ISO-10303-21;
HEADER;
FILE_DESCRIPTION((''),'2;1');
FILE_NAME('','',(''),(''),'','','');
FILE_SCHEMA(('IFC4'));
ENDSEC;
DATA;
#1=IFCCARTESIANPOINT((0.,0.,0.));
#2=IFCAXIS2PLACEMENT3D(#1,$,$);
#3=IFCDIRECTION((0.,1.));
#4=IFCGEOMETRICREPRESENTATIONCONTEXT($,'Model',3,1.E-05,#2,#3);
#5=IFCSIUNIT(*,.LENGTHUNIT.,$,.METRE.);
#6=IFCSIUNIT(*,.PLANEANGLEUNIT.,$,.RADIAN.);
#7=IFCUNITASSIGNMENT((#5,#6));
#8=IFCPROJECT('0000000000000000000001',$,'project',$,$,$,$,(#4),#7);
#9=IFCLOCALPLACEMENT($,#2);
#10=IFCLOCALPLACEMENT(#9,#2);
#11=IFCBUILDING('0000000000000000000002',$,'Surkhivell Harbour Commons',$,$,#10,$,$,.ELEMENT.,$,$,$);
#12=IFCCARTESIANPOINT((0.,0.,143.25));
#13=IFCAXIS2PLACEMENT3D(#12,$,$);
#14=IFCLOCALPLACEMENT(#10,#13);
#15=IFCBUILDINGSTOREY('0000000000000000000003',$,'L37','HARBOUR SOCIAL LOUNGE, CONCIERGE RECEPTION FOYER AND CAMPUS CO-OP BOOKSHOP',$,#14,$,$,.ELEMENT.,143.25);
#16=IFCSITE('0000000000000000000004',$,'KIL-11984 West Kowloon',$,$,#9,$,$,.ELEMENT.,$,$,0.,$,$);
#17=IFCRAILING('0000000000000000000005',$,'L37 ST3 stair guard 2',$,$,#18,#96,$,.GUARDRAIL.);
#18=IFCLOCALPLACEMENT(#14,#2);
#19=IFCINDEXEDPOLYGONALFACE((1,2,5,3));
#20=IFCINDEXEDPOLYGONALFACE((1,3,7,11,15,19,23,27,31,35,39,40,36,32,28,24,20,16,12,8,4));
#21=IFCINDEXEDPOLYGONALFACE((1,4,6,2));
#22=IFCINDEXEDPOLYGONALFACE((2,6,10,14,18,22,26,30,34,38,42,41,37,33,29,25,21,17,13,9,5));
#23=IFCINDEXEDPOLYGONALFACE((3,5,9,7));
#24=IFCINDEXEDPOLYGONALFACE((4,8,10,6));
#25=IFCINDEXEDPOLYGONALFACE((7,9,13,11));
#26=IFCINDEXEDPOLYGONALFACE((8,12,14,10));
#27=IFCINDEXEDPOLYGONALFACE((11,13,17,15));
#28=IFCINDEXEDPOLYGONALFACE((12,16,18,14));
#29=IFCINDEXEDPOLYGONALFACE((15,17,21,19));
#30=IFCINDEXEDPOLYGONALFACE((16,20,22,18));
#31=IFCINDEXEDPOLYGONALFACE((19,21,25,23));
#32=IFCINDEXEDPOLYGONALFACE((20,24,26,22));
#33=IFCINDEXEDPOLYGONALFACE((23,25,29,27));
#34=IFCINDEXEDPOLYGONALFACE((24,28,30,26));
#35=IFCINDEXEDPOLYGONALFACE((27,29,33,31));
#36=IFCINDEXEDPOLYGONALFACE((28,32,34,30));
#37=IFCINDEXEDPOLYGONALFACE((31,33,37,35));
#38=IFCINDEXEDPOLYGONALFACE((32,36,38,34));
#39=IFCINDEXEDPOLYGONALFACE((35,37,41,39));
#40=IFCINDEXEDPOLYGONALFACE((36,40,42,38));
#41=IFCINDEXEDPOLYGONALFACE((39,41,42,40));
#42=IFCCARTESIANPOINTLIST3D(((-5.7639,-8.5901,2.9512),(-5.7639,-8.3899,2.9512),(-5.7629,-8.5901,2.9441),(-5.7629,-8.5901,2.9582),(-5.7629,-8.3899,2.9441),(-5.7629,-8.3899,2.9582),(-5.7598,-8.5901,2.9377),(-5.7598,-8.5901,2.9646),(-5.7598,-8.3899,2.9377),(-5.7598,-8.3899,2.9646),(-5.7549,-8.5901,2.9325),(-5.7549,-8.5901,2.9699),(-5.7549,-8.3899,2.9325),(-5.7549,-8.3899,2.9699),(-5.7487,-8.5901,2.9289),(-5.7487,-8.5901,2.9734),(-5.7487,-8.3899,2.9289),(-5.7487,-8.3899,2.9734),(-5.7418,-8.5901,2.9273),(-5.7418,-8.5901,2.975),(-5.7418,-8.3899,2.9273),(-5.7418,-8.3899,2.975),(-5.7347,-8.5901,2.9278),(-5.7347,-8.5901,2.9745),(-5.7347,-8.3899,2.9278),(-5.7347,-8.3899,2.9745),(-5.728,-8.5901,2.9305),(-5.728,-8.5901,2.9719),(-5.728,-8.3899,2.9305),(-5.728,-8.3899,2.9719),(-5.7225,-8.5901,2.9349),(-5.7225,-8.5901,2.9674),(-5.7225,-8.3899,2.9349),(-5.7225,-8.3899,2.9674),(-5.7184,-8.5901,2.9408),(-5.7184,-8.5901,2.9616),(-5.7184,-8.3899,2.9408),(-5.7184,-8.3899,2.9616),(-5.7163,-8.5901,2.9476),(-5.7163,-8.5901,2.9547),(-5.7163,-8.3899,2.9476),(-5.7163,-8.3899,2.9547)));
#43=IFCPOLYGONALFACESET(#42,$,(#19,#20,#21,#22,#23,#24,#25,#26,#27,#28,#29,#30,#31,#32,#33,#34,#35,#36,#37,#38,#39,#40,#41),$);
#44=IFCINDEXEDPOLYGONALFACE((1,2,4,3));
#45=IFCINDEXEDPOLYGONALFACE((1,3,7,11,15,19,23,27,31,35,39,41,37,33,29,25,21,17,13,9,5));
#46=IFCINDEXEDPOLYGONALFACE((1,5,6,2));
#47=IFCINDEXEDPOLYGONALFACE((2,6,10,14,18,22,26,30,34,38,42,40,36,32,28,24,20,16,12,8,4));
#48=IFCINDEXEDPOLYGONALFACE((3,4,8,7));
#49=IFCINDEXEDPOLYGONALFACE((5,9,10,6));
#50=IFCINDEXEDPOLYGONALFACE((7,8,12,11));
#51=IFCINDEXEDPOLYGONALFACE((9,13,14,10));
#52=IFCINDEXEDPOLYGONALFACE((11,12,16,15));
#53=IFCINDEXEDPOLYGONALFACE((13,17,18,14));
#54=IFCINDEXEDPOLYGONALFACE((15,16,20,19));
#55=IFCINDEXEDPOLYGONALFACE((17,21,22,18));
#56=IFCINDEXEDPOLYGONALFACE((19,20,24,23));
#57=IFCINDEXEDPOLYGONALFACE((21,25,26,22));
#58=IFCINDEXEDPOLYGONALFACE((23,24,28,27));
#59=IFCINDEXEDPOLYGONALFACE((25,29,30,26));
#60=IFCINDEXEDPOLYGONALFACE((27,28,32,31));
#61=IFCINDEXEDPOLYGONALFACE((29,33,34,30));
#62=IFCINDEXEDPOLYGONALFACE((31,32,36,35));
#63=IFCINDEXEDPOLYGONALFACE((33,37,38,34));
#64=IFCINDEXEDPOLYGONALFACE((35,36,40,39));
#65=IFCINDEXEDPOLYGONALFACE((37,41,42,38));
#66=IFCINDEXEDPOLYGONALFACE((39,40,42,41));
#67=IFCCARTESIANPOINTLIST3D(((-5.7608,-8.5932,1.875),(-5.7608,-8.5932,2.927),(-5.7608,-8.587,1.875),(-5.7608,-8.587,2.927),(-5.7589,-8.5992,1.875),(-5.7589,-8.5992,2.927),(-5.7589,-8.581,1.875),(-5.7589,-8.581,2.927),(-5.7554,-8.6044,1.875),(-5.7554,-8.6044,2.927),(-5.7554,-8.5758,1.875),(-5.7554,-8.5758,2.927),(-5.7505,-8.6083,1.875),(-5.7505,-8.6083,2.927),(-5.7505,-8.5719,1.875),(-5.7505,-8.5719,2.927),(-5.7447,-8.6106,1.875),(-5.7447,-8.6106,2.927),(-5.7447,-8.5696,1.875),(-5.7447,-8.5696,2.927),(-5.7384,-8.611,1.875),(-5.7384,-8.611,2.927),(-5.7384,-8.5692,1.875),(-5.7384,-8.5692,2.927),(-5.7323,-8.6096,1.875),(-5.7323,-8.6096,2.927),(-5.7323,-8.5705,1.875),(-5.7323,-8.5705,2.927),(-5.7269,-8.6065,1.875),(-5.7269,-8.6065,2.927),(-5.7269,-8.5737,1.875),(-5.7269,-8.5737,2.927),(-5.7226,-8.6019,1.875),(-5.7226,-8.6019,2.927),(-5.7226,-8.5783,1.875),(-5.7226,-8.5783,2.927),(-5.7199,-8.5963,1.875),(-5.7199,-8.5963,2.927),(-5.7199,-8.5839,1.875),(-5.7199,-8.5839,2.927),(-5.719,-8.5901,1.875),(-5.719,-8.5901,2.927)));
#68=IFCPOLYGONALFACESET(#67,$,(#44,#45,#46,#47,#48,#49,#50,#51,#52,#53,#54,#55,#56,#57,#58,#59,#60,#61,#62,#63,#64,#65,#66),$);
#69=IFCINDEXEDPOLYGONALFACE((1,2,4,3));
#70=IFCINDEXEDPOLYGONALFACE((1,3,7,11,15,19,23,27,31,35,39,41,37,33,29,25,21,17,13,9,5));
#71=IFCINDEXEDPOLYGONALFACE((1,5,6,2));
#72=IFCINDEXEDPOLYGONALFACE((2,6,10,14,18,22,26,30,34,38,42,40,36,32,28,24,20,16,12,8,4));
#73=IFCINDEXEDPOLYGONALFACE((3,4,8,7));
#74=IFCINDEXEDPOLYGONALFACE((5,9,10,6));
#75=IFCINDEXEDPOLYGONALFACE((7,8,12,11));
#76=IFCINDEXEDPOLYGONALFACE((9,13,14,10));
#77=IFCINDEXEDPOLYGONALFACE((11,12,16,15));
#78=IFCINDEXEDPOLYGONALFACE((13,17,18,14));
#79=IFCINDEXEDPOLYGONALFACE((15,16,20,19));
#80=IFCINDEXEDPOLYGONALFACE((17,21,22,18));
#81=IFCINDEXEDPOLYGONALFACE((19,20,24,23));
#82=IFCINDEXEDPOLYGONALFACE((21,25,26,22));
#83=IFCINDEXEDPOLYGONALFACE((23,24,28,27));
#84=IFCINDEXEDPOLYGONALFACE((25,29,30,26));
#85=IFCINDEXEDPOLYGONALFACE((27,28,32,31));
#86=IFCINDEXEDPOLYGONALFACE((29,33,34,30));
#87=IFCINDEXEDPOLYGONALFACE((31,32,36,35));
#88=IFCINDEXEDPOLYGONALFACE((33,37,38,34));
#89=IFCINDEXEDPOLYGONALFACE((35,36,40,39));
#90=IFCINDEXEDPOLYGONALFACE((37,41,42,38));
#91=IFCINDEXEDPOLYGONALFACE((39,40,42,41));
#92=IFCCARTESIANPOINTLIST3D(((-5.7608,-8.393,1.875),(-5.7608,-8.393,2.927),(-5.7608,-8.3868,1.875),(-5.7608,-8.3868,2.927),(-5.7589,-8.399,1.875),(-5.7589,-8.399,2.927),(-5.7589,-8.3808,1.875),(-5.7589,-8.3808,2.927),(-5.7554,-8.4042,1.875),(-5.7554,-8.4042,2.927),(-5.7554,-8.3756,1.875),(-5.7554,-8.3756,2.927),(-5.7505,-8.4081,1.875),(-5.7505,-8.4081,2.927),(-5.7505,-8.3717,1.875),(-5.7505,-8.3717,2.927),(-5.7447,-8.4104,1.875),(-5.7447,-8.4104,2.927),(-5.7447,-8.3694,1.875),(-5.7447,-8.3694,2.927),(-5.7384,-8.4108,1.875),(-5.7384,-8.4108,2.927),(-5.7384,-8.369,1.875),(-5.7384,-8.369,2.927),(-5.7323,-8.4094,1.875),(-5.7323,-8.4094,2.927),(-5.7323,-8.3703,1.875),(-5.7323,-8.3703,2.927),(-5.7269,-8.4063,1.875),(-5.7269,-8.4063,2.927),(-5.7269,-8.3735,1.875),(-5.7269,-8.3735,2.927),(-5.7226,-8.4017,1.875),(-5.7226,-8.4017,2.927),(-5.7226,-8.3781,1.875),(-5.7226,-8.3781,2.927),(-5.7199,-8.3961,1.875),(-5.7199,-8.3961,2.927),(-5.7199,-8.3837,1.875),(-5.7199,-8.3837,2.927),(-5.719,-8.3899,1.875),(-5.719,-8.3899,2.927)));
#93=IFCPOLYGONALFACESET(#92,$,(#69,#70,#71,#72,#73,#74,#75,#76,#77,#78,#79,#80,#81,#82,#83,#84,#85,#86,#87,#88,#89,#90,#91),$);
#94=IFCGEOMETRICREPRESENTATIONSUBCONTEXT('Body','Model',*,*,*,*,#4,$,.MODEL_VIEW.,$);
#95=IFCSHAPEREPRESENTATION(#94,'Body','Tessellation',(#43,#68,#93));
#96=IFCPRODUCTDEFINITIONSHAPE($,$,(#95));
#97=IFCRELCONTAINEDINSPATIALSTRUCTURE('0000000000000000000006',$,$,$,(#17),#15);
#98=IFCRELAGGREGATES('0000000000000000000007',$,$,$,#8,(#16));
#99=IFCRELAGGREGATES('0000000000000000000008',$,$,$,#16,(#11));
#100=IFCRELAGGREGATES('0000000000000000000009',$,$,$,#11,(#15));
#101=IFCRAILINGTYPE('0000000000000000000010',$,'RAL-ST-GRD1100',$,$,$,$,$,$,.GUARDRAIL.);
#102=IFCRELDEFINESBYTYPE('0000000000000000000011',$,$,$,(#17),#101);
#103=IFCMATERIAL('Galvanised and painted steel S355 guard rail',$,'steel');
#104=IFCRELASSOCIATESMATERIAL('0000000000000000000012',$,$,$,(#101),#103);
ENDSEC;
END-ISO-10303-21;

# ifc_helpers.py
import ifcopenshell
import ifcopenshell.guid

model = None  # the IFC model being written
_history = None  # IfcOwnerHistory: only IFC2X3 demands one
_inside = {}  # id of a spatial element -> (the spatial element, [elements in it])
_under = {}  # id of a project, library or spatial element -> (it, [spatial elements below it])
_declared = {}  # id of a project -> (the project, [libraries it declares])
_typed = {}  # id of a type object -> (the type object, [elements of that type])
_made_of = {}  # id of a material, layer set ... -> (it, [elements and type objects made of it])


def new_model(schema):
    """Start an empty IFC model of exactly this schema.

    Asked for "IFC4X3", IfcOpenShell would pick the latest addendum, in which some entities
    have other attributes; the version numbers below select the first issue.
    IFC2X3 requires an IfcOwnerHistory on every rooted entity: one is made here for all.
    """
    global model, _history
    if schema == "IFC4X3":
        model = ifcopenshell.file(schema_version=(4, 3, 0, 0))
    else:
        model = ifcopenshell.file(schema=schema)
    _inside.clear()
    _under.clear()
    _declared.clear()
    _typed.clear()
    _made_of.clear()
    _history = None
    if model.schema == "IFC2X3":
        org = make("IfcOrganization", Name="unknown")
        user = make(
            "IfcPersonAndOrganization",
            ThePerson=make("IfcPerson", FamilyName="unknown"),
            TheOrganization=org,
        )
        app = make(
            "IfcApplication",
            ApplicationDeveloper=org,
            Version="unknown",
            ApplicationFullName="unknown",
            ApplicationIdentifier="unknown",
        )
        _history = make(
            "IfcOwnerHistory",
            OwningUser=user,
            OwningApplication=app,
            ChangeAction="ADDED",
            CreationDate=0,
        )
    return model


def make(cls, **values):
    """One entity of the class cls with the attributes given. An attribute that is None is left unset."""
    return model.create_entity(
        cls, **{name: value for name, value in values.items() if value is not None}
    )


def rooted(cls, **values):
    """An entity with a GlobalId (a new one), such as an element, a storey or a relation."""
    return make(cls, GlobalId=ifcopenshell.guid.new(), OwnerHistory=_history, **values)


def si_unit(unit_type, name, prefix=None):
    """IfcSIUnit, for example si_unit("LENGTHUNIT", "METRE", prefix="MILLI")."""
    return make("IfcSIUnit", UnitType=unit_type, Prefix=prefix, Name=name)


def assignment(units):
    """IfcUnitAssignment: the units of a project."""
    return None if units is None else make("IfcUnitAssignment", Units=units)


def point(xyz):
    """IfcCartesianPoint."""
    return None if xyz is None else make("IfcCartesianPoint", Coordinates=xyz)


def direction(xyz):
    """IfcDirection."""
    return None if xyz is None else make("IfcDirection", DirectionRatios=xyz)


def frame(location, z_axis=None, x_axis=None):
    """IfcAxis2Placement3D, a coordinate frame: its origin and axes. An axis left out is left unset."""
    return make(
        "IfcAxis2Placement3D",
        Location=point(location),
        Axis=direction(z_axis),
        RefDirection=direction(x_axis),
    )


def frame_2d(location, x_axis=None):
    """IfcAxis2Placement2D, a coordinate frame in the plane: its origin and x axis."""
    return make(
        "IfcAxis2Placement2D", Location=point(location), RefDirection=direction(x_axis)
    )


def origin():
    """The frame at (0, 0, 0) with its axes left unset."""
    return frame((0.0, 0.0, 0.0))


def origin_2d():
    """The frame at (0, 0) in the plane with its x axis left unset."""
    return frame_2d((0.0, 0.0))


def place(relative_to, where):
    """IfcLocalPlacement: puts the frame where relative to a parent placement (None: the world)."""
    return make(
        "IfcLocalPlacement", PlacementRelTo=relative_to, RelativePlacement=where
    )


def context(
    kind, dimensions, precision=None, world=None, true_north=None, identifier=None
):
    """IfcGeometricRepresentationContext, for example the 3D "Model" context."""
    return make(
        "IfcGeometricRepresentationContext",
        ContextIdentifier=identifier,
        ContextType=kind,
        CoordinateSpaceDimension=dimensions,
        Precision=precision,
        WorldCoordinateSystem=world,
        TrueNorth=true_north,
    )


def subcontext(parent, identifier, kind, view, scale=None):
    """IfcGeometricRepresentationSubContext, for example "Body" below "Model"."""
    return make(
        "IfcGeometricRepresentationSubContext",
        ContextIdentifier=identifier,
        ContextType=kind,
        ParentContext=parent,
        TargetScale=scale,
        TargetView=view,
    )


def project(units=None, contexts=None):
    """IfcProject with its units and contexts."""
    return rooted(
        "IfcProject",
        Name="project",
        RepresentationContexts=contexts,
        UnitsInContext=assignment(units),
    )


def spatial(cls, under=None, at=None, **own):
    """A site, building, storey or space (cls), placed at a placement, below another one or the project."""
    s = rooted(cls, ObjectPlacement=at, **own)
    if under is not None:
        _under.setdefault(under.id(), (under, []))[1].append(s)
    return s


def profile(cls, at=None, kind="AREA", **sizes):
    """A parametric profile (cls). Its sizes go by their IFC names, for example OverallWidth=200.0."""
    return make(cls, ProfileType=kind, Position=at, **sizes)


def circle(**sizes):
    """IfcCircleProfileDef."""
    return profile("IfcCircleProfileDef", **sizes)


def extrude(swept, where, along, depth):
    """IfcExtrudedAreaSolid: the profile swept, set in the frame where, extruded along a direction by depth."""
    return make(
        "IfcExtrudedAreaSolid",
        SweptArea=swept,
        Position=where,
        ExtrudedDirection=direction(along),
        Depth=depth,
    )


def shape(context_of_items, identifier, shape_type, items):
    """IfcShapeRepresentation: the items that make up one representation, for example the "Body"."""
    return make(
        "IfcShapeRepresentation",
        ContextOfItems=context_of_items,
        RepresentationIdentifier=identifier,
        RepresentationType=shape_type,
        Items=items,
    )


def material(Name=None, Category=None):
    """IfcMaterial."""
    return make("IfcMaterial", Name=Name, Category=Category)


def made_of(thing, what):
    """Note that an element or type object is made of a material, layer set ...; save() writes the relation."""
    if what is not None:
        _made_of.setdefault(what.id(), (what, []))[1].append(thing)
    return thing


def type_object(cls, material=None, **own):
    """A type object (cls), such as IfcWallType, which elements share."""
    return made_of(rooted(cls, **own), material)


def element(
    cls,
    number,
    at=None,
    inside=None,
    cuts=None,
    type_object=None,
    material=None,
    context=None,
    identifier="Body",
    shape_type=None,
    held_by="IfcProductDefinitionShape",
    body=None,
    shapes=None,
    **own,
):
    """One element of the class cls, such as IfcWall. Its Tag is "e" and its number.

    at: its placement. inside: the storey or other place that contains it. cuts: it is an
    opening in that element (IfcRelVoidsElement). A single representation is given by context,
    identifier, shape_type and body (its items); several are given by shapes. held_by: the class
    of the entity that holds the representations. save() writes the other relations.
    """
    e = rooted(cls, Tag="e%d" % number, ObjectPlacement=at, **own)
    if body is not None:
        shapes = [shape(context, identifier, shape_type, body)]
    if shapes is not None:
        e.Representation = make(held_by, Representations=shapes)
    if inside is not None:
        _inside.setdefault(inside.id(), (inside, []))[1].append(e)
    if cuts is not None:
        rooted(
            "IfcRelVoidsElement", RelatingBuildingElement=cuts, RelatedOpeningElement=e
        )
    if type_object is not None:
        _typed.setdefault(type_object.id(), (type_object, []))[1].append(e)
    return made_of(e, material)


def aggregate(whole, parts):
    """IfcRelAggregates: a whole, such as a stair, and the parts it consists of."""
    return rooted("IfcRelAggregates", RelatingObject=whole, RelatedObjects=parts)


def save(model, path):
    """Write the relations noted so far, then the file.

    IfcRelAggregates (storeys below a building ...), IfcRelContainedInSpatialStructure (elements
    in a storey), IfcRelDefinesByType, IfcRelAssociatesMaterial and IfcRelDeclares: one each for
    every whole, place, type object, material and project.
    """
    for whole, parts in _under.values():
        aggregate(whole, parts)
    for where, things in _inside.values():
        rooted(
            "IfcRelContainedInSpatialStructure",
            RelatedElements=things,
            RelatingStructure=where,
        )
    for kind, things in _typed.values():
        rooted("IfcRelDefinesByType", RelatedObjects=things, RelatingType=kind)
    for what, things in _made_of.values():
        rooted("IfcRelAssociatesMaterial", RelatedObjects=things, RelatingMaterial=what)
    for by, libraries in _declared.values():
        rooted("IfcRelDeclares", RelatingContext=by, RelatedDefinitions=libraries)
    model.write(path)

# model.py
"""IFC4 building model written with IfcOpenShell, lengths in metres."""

from ifc_helpers import new_model, si_unit, direction, frame, origin, origin_2d, place, context, subcontext, project, spatial, circle, extrude, material, type_object, element, save


model = new_model("IFC4")

# Units and contexts
model_context = context("Model", 3, precision=1e-05, world=origin(), true_north=direction((0.0, 1.0)))
body_context = subcontext(model_context, "Body", "Model", "MODEL_VIEW")
ifc_project = project(units=[si_unit("LENGTHUNIT", "METRE"), si_unit("PLANEANGLEUNIT", "RADIAN")], contexts=[model_context])

# Site, building, storey
site_placement = place(None, origin())
site = spatial("IfcSite", under=ifc_project, at=site_placement, Name="KIL-11984 West Kowloon", CompositionType="ELEMENT", RefElevation=0.0)
building_placement = place(site_placement, origin())
building = spatial("IfcBuilding", under=site, at=building_placement, Name="Surkhivell Harbour Commons", CompositionType="ELEMENT")
storey_placement = place(building_placement, frame((0.0, 0.0, 143.25)))
storey = spatial("IfcBuildingStorey", under=building, at=storey_placement, Name="L37", Description="HARBOUR SOCIAL LOUNGE, CONCIERGE RECEPTION FOYER AND CAMPUS CO-OP BOOKSHOP", CompositionType="ELEMENT", Elevation=143.25)

# Railing
ifc_material_1 = material(Name="Galvanised and painted steel S355 guard rail", Category="steel")
railing_type_1 = type_object("IfcRailingType", Name="RAL-ST-GRD1100", PredefinedType="GUARDRAIL", material=ifc_material_1)
railing_1_placement = place(storey_placement, frame((-5.74, -8.5901, 1.875)))
element("IfcRailing", 1, at=railing_1_placement, inside=storey, type_object=railing_type_1, Name="L37 ST3 stair guard 2", PredefinedType="GUARDRAIL", context=body_context, shape_type="SweptSolid", body=[
    extrude(circle(Radius=0.0239, at=origin_2d()), frame((0.0, 0.0, 1.0762), z_axis=(0.0, 1.0, 0.0), x_axis=(-1.0, 0.0, 0.0)), (0.0, 0.0, 1.0), 0.2002),
    extrude(circle(Radius=0.021, at=origin_2d()), origin(), (0.0, 0.0, 1.0), 1.052),
    extrude(circle(Radius=0.021, at=origin_2d()), frame((0.0, 0.2002, 0.0)), (0.0, 0.0, 1.0), 1.052),
])

save(model, "model.ifc")
